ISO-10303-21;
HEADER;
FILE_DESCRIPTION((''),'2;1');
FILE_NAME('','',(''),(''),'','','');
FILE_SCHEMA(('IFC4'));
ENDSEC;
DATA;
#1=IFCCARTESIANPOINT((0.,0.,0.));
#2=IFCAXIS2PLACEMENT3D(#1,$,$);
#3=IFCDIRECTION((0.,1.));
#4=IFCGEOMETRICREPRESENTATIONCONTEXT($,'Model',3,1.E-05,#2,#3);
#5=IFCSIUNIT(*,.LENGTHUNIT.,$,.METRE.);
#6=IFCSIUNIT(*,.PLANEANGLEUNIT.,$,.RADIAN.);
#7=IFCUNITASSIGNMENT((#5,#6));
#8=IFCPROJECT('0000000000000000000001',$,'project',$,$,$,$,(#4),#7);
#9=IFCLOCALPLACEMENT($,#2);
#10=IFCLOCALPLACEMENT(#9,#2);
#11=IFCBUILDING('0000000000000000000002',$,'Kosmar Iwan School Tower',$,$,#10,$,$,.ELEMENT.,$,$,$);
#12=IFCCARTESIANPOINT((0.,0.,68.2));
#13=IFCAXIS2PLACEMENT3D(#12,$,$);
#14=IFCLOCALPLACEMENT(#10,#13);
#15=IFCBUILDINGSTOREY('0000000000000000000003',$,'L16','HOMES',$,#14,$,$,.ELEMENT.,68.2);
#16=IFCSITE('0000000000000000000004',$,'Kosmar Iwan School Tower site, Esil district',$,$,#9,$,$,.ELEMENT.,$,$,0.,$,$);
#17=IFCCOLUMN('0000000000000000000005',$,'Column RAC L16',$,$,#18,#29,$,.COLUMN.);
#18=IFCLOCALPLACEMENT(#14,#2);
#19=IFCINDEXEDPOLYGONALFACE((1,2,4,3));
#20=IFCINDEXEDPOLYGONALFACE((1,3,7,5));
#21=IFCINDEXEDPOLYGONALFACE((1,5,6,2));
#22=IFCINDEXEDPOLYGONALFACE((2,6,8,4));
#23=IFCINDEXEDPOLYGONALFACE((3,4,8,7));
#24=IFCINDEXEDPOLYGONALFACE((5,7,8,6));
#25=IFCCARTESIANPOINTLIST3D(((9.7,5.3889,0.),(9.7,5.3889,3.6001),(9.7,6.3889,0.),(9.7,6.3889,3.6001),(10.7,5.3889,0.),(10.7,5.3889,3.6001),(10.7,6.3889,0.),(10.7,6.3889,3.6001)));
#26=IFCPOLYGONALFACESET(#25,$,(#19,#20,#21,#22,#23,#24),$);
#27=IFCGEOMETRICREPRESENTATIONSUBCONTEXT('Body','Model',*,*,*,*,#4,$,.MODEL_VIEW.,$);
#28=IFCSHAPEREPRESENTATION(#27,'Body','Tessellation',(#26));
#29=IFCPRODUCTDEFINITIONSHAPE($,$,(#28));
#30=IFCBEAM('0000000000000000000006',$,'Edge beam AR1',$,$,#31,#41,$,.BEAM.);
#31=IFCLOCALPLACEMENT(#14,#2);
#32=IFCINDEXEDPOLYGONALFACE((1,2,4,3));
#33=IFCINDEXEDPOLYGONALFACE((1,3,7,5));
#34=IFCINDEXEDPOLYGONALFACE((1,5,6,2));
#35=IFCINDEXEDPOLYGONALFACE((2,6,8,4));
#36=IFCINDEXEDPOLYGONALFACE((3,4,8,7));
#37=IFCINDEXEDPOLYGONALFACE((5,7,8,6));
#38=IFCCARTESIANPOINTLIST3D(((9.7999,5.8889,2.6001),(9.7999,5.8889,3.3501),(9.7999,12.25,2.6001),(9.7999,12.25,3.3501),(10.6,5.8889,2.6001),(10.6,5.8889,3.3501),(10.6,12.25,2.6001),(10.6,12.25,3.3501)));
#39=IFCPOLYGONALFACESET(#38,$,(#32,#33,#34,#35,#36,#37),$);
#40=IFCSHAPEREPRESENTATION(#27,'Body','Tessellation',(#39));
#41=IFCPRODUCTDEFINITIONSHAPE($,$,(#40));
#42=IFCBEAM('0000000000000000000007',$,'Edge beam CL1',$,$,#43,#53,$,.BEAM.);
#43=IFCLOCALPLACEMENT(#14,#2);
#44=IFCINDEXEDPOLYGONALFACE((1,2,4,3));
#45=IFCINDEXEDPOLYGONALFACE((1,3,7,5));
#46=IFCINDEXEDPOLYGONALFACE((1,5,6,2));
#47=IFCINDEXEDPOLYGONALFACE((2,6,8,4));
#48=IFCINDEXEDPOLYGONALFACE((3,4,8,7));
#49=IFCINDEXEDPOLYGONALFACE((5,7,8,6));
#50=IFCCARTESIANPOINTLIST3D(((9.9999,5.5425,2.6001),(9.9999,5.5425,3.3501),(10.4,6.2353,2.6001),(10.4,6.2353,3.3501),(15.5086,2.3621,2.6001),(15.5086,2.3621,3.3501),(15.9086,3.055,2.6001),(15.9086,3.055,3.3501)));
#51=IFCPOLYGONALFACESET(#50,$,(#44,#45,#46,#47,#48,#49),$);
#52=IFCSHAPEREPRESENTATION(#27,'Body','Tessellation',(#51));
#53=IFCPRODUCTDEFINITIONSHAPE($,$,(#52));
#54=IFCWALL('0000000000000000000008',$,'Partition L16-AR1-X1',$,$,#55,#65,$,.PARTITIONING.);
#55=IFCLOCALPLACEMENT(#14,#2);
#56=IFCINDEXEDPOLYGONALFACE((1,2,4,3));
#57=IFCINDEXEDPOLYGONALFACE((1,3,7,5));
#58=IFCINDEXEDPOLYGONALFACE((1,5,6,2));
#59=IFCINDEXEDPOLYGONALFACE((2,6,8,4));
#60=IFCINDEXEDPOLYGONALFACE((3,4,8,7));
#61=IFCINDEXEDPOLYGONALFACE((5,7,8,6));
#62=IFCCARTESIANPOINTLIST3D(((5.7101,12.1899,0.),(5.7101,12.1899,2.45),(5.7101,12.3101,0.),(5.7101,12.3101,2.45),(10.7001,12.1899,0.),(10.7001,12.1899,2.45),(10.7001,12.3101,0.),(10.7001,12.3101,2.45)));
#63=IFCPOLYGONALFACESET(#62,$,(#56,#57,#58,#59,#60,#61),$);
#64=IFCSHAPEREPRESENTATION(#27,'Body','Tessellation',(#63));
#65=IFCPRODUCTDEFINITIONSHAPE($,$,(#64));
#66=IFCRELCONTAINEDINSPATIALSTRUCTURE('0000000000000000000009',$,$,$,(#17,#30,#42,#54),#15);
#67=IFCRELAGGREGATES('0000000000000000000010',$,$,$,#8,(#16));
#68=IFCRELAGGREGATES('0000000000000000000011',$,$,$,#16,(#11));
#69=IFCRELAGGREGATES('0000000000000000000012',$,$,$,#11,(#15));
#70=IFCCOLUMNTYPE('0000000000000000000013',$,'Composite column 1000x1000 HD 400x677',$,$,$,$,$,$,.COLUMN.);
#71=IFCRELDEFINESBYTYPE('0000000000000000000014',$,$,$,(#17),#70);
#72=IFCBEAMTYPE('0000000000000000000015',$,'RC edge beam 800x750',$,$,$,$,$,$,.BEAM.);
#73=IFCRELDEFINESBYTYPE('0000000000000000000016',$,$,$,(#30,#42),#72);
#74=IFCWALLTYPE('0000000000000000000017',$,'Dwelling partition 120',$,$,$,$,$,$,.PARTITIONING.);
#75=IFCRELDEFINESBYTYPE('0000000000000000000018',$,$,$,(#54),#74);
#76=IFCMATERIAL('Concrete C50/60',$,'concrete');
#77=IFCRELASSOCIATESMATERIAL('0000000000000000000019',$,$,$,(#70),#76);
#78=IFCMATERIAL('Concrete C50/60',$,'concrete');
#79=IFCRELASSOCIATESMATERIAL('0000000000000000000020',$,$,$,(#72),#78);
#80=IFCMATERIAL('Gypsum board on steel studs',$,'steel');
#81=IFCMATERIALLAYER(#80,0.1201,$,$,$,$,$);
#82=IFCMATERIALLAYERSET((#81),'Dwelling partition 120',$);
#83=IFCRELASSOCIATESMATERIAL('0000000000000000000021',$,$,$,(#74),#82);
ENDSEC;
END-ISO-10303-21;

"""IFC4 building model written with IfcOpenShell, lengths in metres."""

from ifc_helpers import new_model, si_unit, direction, frame, frame_2d, origin, origin_2d, place, context, subcontext, project, spatial, rectangle, extrude, material, layer, layer_set, material_profile, profile_set, type_object, element, save


model = new_model("IFC4")

# Units and contexts
model_context = context("Model", 3, precision=1e-05, world=origin(), true_north=direction((0.0, 1.0)))
body_context = subcontext(model_context, "Body", "Model", "MODEL_VIEW")
ifc_project = project(units=[si_unit("LENGTHUNIT", "METRE"), si_unit("PLANEANGLEUNIT", "RADIAN")], contexts=[model_context])

# Site, building, storey
site_placement = place(None, origin())
site = spatial("IfcSite", under=ifc_project, at=site_placement, Name="Kosmar Iwan School Tower site, Esil district", CompositionType="ELEMENT", RefElevation=0.0)
building_placement = place(site_placement, origin())
building = spatial("IfcBuilding", under=site, at=building_placement, Name="Kosmar Iwan School Tower", CompositionType="ELEMENT")
storey_placement = place(building_placement, frame((0.0, 0.0, 68.2)))
storey = spatial("IfcBuildingStorey", under=building, at=storey_placement, Name="L16", Description="HOMES", CompositionType="ELEMENT", Elevation=68.2)

# Column
ifc_material_1 = material(Name="Concrete C50/60", Category="concrete")
ifc_material_profile_1 = material_profile(ifc_material_1, rectangle(XDim=1.0, YDim=1.0, at=origin_2d()), Name="RC 1000x1000 + HD 400x677")
ifc_profile_set_1 = profile_set([ifc_material_profile_1], Name="Concrete C50/60")
column_type = type_object("IfcColumnType", Name="Composite column 1000x1000 HD 400x677", PredefinedType="COLUMN", material=ifc_profile_set_1)
column_placement = place(storey_placement, frame((10.2, 5.8889, 0.0), z_axis=(0.0, 0.0, 1.0), x_axis=(1.0, 0.0, 0.0)))
element("IfcColumn", 1, at=column_placement, inside=storey, type_object=column_type, Name="Column RAC L16", PredefinedType="COLUMN", context=body_context, shape_type="SweptSolid", body=[
    extrude(rectangle(XDim=1.0, YDim=1.0, at=origin_2d()), origin(), (0.0, 0.0, 1.0), 3.6001),
])

# Beams
ifc_material_2 = material(Name="Concrete C50/60", Category="concrete")
ifc_material_profile_2 = material_profile(ifc_material_2, rectangle(XDim=0.8, YDim=0.75, at=origin_2d()), Name="RC 800x750")
ifc_profile_set_2 = profile_set([ifc_material_profile_2], Name="Concrete C50/60")
beam_type = type_object("IfcBeamType", Name="RC edge beam 800x750", PredefinedType="BEAM", material=ifc_profile_set_2)
beam_1_placement = place(storey_placement, frame((10.2, 5.8889, 2.9751), z_axis=(0.0, 1.0, 0.0), x_axis=(-1.0, 0.0, 0.0)))
element("IfcBeam", 2, at=beam_1_placement, inside=storey, type_object=beam_type, Name="Edge beam AR1", PredefinedType="BEAM", context=body_context, shape_type="SweptSolid", body=[
    extrude(rectangle(XDim=0.8, YDim=0.75, at=origin_2d()), origin(), (0.0, 0.0, 1.0), 6.3611),
])
beam_2_placement = place(storey_placement, frame((10.2, 5.8889, 2.9751), z_axis=(0.866031, -0.49999, 0.0), x_axis=(0.49999, 0.866031, 0.0)))
element("IfcBeam", 3, at=beam_2_placement, inside=storey, type_object=beam_type, Name="Edge beam CL1", PredefinedType="BEAM", context=body_context, shape_type="SweptSolid", body=[
    extrude(rectangle(XDim=0.8, YDim=0.75, at=origin_2d()), origin(), (0.0, 0.0, 1.0), 6.3608),
])

# Wall
ifc_material_3 = material(Name="Gypsum board on steel studs", Category="steel")
ifc_layer_1 = layer(ifc_material_3, 0.1201)
ifc_layer_set_1 = layer_set([ifc_layer_1], Name="Dwelling partition 120")
wall_type_1 = type_object("IfcWallType", Name="Dwelling partition 120", PredefinedType="PARTITIONING", material=ifc_layer_set_1)
wall_1_placement = place(storey_placement, frame((5.71, 12.25, 0.0), z_axis=(0.0, 0.0, 1.0), x_axis=(1.0, 0.0, 0.0)))
element("IfcWall", 4, at=wall_1_placement, inside=storey, type_object=wall_type_1, Name="Partition L16-AR1-X1", PredefinedType="PARTITIONING", context=body_context, shape_type="SweptSolid", body=[
    extrude(rectangle(XDim=4.99, YDim=0.1201, at=frame_2d((2.4951, 0.0))), origin(), (0.0, 0.0, 1.0), 2.45),
])

save(model, "model.ifc")
